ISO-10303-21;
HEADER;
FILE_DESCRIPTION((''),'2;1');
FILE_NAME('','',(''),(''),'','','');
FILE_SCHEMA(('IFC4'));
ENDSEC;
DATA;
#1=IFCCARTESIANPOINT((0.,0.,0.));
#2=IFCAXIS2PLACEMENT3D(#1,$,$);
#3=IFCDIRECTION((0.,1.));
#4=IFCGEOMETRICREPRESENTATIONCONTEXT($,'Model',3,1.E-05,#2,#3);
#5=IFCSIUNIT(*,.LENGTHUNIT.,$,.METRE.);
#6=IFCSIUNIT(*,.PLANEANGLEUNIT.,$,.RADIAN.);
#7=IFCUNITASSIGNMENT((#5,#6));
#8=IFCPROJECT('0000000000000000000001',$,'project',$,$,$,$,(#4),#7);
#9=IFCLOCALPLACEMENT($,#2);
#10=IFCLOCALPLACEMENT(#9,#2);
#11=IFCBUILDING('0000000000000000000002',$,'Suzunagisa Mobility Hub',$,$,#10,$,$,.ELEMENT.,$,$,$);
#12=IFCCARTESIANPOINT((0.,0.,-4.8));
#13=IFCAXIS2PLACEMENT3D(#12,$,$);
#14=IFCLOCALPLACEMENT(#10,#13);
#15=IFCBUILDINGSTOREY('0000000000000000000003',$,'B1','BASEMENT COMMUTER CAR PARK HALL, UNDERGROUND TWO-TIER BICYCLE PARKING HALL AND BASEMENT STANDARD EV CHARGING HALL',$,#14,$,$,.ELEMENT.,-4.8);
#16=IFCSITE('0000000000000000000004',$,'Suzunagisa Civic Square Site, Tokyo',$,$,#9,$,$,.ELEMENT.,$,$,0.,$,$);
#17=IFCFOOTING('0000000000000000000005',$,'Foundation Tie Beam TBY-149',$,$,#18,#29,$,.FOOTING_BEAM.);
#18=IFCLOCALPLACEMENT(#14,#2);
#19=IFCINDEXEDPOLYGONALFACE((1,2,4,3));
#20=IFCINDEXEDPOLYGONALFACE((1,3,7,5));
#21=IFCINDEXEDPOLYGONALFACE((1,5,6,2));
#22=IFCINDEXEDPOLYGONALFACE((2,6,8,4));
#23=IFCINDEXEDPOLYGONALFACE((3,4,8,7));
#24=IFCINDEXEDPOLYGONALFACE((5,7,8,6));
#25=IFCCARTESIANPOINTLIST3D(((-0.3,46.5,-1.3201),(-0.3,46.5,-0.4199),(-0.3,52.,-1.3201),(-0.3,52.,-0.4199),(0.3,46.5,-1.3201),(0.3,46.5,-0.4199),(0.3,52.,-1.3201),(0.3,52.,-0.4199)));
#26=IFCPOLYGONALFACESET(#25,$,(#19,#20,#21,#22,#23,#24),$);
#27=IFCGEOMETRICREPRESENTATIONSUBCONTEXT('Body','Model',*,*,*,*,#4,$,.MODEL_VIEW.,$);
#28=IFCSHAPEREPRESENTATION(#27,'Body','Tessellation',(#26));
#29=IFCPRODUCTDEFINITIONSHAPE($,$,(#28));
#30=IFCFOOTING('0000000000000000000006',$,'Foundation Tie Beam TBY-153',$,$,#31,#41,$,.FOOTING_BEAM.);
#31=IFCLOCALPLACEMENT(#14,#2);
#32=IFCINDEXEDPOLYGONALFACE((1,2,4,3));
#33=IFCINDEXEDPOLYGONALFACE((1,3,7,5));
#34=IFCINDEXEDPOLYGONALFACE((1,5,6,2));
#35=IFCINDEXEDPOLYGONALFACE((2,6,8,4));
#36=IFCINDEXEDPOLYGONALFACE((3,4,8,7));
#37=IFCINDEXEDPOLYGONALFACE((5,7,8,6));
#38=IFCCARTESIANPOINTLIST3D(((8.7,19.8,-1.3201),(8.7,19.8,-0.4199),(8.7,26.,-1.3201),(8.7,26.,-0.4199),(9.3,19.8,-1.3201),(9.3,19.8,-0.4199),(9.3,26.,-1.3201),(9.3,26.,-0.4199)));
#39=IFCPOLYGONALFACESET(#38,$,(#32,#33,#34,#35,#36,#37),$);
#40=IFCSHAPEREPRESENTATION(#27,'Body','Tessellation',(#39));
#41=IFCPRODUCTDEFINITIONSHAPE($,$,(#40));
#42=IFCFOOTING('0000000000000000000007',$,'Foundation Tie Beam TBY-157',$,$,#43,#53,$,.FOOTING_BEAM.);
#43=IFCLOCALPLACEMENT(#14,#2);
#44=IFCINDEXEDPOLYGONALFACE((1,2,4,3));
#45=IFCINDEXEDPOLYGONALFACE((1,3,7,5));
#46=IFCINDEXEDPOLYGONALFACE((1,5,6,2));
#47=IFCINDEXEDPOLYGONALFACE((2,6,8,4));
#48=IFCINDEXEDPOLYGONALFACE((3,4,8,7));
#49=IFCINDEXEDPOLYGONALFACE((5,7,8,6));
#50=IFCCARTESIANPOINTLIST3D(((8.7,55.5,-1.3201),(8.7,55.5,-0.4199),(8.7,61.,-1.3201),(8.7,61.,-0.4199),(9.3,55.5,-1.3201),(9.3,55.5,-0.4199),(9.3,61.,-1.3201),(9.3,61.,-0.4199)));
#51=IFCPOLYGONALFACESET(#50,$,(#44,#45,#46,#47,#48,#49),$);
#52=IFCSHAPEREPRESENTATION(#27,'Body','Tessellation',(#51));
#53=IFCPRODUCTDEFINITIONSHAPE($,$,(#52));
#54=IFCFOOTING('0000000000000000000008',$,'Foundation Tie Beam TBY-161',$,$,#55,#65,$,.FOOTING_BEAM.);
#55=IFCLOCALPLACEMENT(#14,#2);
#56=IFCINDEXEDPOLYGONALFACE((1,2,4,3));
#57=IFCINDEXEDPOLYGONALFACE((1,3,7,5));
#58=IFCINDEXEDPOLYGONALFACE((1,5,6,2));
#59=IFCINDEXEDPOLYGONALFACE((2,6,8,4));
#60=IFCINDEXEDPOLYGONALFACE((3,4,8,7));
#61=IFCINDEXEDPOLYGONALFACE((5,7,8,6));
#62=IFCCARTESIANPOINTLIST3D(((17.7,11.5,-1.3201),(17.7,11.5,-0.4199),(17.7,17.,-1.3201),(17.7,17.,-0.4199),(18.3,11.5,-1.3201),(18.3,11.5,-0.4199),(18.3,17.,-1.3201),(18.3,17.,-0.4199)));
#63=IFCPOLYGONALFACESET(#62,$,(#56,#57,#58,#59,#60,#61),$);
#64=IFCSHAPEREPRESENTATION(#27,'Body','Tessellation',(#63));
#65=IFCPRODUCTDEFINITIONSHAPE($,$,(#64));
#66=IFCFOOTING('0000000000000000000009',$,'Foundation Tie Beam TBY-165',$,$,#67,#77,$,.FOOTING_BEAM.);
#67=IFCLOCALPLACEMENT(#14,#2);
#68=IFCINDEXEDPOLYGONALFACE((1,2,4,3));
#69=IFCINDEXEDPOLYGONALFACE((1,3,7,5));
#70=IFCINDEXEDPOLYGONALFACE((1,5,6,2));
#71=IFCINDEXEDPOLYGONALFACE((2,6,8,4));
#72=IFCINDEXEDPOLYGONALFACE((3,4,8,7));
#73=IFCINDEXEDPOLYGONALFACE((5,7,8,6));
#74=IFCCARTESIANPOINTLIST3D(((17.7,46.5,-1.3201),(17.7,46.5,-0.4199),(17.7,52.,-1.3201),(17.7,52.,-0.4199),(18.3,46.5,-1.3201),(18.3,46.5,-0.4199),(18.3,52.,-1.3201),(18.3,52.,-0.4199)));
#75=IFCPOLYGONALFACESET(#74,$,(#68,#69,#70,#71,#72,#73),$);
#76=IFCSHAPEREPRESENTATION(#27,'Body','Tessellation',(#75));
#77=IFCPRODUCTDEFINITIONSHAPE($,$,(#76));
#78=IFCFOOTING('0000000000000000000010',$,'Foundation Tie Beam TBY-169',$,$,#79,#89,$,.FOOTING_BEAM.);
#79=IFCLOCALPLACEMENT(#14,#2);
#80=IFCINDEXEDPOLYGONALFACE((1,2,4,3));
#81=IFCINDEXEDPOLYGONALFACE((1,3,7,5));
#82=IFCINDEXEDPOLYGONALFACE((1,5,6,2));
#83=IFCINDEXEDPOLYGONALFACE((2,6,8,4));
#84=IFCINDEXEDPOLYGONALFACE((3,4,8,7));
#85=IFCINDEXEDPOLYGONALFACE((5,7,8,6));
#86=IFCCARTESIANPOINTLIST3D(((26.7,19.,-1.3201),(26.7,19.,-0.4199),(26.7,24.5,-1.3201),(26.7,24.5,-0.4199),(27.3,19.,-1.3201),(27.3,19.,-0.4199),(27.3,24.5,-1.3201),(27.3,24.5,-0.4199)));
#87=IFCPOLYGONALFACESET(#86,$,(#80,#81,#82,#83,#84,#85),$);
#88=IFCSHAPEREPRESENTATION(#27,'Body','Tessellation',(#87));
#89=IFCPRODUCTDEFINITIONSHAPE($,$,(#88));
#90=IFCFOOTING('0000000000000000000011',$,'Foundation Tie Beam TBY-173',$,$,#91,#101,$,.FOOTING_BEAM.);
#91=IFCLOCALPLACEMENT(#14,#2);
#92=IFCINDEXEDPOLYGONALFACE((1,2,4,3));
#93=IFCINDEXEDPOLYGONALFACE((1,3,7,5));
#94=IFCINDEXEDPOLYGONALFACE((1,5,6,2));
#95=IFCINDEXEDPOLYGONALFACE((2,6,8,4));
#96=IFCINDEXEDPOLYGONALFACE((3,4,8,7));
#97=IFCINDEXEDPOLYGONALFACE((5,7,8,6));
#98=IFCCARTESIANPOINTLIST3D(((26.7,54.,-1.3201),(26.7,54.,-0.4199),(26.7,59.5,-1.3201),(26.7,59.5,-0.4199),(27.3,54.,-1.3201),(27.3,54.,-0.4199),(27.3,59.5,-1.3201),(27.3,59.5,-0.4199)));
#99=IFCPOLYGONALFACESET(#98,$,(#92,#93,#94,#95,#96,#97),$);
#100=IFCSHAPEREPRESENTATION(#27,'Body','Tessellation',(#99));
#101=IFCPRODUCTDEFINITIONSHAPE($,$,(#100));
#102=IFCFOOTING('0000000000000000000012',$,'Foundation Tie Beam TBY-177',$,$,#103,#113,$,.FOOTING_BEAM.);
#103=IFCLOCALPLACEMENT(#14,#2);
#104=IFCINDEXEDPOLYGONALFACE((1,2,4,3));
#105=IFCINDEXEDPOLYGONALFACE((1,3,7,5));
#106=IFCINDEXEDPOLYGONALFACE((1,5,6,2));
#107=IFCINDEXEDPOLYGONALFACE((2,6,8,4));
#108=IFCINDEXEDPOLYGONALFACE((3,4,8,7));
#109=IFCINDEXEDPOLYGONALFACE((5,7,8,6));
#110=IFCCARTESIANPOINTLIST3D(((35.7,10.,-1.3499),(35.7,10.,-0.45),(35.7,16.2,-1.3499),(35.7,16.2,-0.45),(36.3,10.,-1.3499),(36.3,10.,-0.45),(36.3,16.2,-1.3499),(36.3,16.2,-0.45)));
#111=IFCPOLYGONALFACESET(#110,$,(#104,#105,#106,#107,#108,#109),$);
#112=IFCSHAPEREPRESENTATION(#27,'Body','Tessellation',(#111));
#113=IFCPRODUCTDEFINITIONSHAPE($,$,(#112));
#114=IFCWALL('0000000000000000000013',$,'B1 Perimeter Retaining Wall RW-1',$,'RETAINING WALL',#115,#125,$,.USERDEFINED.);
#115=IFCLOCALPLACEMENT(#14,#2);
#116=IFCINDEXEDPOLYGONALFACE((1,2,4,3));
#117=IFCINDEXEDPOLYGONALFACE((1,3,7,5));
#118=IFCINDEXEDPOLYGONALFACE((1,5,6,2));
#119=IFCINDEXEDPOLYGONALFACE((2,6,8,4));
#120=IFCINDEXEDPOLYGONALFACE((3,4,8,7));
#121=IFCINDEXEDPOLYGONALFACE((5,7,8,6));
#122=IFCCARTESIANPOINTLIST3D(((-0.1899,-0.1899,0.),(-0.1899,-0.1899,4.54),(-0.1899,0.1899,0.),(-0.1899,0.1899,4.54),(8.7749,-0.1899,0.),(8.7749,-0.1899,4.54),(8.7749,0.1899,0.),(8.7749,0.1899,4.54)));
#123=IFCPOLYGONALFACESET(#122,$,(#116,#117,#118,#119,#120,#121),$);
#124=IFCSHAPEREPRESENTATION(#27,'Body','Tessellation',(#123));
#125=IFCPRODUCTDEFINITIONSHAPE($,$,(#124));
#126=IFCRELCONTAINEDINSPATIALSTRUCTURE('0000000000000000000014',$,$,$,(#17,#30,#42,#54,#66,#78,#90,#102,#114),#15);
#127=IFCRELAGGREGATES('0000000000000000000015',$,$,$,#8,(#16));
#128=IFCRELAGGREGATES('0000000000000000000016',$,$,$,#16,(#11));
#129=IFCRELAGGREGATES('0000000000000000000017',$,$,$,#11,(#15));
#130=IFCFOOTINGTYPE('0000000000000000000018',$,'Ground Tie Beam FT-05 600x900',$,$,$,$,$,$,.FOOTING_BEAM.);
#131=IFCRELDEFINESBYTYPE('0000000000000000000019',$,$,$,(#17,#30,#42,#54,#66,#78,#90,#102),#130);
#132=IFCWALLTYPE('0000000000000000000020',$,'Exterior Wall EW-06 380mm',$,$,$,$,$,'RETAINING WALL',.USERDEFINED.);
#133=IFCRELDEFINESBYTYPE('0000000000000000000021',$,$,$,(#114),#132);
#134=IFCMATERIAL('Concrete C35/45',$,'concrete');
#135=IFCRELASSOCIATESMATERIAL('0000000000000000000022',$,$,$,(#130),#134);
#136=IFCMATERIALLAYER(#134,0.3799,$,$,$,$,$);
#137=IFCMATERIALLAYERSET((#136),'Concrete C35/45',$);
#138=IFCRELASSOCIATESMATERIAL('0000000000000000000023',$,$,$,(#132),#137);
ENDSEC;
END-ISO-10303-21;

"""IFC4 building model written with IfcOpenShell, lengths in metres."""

from ifc_helpers import new_model, si_unit, direction, frame, frame_2d, origin, place, context, subcontext, project, spatial, polyline, rectangle, outline, extrude, material, layer, layer_set, type_object, element, save


model = new_model("IFC4")

# Units and contexts
model_context = context("Model", 3, precision=1e-05, world=origin(), true_north=direction((0.0, 1.0)))
body_context = subcontext(model_context, "Body", "Model", "MODEL_VIEW")
ifc_project = project(units=[si_unit("LENGTHUNIT", "METRE"), si_unit("PLANEANGLEUNIT", "RADIAN")], contexts=[model_context])

# Site, building, storey
site_placement = place(None, origin())
site = spatial("IfcSite", under=ifc_project, at=site_placement, Name="Suzunagisa Civic Square Site, Tokyo", CompositionType="ELEMENT", RefElevation=0.0)
building_placement = place(site_placement, origin())
building = spatial("IfcBuilding", under=site, at=building_placement, Name="Suzunagisa Mobility Hub", CompositionType="ELEMENT")
storey_placement = place(building_placement, frame((0.0, 0.0, -4.8)))
storey = spatial("IfcBuildingStorey", under=building, at=storey_placement, Name="B1", Description="BASEMENT COMMUTER CAR PARK HALL, UNDERGROUND TWO-TIER BICYCLE PARKING HALL AND BASEMENT STANDARD EV CHARGING HALL", CompositionType="ELEMENT", Elevation=-4.8)

# Footings
ifc_material = material(Name="Concrete C35/45", Category="concrete")
footing_type = type_object("IfcFootingType", Name="Ground Tie Beam FT-05 600x900", PredefinedType="FOOTING_BEAM", material=ifc_material)
footing_1_placement = place(storey_placement, frame((0.0, 0.0, -1.3201)))
element("IfcFooting", 1, at=footing_1_placement, inside=storey, type_object=footing_type, Name="Foundation Tie Beam TBY-149", PredefinedType="FOOTING_BEAM", context=body_context, shape_type="SweptSolid", body=[
    extrude(outline(polyline([(-0.3, 46.5), (0.3, 46.5), (0.3, 52.0), (-0.3, 52.0), (-0.3, 46.5)])), origin(), (0.0, 0.0, 1.0), 0.9001),
])
footing_2_placement = place(storey_placement, frame((0.0, 0.0, -1.3201)))
element("IfcFooting", 2, at=footing_2_placement, inside=storey, type_object=footing_type, Name="Foundation Tie Beam TBY-153", PredefinedType="FOOTING_BEAM", context=body_context, shape_type="SweptSolid", body=[
    extrude(outline(polyline([(8.7, 19.8), (9.3, 19.8), (9.3, 26.0), (8.7, 26.0), (8.7, 19.8)])), origin(), (0.0, 0.0, 1.0), 0.9001),
])
footing_3_placement = place(storey_placement, frame((0.0, 0.0, -1.3201)))
element("IfcFooting", 3, at=footing_3_placement, inside=storey, type_object=footing_type, Name="Foundation Tie Beam TBY-157", PredefinedType="FOOTING_BEAM", context=body_context, shape_type="SweptSolid", body=[
    extrude(outline(polyline([(8.7, 55.5), (9.3, 55.5), (9.3, 61.0), (8.7, 61.0), (8.7, 55.5)])), origin(), (0.0, 0.0, 1.0), 0.9001),
])
footing_4_placement = place(storey_placement, frame((0.0, 0.0, -1.3201)))
element("IfcFooting", 4, at=footing_4_placement, inside=storey, type_object=footing_type, Name="Foundation Tie Beam TBY-161", PredefinedType="FOOTING_BEAM", context=body_context, shape_type="SweptSolid", body=[
    extrude(outline(polyline([(17.7, 11.5), (18.3, 11.5), (18.3, 17.0), (17.7, 17.0), (17.7, 11.5)])), origin(), (0.0, 0.0, 1.0), 0.9001),
])
footing_5_placement = place(storey_placement, frame((0.0, 0.0, -1.3201)))
element("IfcFooting", 5, at=footing_5_placement, inside=storey, type_object=footing_type, Name="Foundation Tie Beam TBY-165", PredefinedType="FOOTING_BEAM", context=body_context, shape_type="SweptSolid", body=[
    extrude(outline(polyline([(17.7, 46.5), (18.3, 46.5), (18.3, 52.0), (17.7, 52.0), (17.7, 46.5)])), origin(), (0.0, 0.0, 1.0), 0.9001),
])
footing_6_placement = place(storey_placement, frame((0.0, 0.0, -1.3201)))
element("IfcFooting", 6, at=footing_6_placement, inside=storey, type_object=footing_type, Name="Foundation Tie Beam TBY-169", PredefinedType="FOOTING_BEAM", context=body_context, shape_type="SweptSolid", body=[
    extrude(outline(polyline([(26.7, 19.0), (27.3, 19.0), (27.3, 24.5), (26.7, 24.5), (26.7, 19.0)])), origin(), (0.0, 0.0, 1.0), 0.9001),
])
footing_7_placement = place(storey_placement, frame((0.0, 0.0, -1.3201)))
element("IfcFooting", 7, at=footing_7_placement, inside=storey, type_object=footing_type, Name="Foundation Tie Beam TBY-173", PredefinedType="FOOTING_BEAM", context=body_context, shape_type="SweptSolid", body=[
    extrude(outline(polyline([(26.7, 54.0), (27.3, 54.0), (27.3, 59.5), (26.7, 59.5), (26.7, 54.0)])), origin(), (0.0, 0.0, 1.0), 0.9001),
])
footing_8_placement = place(storey_placement, frame((0.0, 0.0, -1.3499)))
element("IfcFooting", 8, at=footing_8_placement, inside=storey, type_object=footing_type, Name="Foundation Tie Beam TBY-177", PredefinedType="FOOTING_BEAM", context=body_context, shape_type="SweptSolid", body=[
    extrude(outline(polyline([(35.7, 10.0), (36.3, 10.0), (36.3, 16.2), (35.7, 16.2), (35.7, 10.0)])), origin(), (0.0, 0.0, 1.0), 0.8999),
])

# Wall
ifc_layer = layer(ifc_material, 0.3799)
ifc_layer_set = layer_set([ifc_layer], Name="Concrete C35/45")
wall_type = type_object("IfcWallType", Name="Exterior Wall EW-06 380mm", ElementType="RETAINING WALL", PredefinedType="USERDEFINED", material=ifc_layer_set)
wall_placement = place(storey_placement, frame((-0.1899, 0.0, 0.0), z_axis=(0.0, 0.0, 1.0), x_axis=(1.0, 0.0, 0.0)))
element("IfcWall", 9, at=wall_placement, inside=storey, type_object=wall_type, Name="B1 Perimeter Retaining Wall RW-1", ObjectType="RETAINING WALL", PredefinedType="USERDEFINED", context=body_context, shape_type="SweptSolid", body=[
    extrude(rectangle(XDim=8.9648, YDim=0.3799, at=frame_2d((4.4824, 0.0))), origin(), (0.0, 0.0, 1.0), 4.54),
])

save(model, "model.ifc")
